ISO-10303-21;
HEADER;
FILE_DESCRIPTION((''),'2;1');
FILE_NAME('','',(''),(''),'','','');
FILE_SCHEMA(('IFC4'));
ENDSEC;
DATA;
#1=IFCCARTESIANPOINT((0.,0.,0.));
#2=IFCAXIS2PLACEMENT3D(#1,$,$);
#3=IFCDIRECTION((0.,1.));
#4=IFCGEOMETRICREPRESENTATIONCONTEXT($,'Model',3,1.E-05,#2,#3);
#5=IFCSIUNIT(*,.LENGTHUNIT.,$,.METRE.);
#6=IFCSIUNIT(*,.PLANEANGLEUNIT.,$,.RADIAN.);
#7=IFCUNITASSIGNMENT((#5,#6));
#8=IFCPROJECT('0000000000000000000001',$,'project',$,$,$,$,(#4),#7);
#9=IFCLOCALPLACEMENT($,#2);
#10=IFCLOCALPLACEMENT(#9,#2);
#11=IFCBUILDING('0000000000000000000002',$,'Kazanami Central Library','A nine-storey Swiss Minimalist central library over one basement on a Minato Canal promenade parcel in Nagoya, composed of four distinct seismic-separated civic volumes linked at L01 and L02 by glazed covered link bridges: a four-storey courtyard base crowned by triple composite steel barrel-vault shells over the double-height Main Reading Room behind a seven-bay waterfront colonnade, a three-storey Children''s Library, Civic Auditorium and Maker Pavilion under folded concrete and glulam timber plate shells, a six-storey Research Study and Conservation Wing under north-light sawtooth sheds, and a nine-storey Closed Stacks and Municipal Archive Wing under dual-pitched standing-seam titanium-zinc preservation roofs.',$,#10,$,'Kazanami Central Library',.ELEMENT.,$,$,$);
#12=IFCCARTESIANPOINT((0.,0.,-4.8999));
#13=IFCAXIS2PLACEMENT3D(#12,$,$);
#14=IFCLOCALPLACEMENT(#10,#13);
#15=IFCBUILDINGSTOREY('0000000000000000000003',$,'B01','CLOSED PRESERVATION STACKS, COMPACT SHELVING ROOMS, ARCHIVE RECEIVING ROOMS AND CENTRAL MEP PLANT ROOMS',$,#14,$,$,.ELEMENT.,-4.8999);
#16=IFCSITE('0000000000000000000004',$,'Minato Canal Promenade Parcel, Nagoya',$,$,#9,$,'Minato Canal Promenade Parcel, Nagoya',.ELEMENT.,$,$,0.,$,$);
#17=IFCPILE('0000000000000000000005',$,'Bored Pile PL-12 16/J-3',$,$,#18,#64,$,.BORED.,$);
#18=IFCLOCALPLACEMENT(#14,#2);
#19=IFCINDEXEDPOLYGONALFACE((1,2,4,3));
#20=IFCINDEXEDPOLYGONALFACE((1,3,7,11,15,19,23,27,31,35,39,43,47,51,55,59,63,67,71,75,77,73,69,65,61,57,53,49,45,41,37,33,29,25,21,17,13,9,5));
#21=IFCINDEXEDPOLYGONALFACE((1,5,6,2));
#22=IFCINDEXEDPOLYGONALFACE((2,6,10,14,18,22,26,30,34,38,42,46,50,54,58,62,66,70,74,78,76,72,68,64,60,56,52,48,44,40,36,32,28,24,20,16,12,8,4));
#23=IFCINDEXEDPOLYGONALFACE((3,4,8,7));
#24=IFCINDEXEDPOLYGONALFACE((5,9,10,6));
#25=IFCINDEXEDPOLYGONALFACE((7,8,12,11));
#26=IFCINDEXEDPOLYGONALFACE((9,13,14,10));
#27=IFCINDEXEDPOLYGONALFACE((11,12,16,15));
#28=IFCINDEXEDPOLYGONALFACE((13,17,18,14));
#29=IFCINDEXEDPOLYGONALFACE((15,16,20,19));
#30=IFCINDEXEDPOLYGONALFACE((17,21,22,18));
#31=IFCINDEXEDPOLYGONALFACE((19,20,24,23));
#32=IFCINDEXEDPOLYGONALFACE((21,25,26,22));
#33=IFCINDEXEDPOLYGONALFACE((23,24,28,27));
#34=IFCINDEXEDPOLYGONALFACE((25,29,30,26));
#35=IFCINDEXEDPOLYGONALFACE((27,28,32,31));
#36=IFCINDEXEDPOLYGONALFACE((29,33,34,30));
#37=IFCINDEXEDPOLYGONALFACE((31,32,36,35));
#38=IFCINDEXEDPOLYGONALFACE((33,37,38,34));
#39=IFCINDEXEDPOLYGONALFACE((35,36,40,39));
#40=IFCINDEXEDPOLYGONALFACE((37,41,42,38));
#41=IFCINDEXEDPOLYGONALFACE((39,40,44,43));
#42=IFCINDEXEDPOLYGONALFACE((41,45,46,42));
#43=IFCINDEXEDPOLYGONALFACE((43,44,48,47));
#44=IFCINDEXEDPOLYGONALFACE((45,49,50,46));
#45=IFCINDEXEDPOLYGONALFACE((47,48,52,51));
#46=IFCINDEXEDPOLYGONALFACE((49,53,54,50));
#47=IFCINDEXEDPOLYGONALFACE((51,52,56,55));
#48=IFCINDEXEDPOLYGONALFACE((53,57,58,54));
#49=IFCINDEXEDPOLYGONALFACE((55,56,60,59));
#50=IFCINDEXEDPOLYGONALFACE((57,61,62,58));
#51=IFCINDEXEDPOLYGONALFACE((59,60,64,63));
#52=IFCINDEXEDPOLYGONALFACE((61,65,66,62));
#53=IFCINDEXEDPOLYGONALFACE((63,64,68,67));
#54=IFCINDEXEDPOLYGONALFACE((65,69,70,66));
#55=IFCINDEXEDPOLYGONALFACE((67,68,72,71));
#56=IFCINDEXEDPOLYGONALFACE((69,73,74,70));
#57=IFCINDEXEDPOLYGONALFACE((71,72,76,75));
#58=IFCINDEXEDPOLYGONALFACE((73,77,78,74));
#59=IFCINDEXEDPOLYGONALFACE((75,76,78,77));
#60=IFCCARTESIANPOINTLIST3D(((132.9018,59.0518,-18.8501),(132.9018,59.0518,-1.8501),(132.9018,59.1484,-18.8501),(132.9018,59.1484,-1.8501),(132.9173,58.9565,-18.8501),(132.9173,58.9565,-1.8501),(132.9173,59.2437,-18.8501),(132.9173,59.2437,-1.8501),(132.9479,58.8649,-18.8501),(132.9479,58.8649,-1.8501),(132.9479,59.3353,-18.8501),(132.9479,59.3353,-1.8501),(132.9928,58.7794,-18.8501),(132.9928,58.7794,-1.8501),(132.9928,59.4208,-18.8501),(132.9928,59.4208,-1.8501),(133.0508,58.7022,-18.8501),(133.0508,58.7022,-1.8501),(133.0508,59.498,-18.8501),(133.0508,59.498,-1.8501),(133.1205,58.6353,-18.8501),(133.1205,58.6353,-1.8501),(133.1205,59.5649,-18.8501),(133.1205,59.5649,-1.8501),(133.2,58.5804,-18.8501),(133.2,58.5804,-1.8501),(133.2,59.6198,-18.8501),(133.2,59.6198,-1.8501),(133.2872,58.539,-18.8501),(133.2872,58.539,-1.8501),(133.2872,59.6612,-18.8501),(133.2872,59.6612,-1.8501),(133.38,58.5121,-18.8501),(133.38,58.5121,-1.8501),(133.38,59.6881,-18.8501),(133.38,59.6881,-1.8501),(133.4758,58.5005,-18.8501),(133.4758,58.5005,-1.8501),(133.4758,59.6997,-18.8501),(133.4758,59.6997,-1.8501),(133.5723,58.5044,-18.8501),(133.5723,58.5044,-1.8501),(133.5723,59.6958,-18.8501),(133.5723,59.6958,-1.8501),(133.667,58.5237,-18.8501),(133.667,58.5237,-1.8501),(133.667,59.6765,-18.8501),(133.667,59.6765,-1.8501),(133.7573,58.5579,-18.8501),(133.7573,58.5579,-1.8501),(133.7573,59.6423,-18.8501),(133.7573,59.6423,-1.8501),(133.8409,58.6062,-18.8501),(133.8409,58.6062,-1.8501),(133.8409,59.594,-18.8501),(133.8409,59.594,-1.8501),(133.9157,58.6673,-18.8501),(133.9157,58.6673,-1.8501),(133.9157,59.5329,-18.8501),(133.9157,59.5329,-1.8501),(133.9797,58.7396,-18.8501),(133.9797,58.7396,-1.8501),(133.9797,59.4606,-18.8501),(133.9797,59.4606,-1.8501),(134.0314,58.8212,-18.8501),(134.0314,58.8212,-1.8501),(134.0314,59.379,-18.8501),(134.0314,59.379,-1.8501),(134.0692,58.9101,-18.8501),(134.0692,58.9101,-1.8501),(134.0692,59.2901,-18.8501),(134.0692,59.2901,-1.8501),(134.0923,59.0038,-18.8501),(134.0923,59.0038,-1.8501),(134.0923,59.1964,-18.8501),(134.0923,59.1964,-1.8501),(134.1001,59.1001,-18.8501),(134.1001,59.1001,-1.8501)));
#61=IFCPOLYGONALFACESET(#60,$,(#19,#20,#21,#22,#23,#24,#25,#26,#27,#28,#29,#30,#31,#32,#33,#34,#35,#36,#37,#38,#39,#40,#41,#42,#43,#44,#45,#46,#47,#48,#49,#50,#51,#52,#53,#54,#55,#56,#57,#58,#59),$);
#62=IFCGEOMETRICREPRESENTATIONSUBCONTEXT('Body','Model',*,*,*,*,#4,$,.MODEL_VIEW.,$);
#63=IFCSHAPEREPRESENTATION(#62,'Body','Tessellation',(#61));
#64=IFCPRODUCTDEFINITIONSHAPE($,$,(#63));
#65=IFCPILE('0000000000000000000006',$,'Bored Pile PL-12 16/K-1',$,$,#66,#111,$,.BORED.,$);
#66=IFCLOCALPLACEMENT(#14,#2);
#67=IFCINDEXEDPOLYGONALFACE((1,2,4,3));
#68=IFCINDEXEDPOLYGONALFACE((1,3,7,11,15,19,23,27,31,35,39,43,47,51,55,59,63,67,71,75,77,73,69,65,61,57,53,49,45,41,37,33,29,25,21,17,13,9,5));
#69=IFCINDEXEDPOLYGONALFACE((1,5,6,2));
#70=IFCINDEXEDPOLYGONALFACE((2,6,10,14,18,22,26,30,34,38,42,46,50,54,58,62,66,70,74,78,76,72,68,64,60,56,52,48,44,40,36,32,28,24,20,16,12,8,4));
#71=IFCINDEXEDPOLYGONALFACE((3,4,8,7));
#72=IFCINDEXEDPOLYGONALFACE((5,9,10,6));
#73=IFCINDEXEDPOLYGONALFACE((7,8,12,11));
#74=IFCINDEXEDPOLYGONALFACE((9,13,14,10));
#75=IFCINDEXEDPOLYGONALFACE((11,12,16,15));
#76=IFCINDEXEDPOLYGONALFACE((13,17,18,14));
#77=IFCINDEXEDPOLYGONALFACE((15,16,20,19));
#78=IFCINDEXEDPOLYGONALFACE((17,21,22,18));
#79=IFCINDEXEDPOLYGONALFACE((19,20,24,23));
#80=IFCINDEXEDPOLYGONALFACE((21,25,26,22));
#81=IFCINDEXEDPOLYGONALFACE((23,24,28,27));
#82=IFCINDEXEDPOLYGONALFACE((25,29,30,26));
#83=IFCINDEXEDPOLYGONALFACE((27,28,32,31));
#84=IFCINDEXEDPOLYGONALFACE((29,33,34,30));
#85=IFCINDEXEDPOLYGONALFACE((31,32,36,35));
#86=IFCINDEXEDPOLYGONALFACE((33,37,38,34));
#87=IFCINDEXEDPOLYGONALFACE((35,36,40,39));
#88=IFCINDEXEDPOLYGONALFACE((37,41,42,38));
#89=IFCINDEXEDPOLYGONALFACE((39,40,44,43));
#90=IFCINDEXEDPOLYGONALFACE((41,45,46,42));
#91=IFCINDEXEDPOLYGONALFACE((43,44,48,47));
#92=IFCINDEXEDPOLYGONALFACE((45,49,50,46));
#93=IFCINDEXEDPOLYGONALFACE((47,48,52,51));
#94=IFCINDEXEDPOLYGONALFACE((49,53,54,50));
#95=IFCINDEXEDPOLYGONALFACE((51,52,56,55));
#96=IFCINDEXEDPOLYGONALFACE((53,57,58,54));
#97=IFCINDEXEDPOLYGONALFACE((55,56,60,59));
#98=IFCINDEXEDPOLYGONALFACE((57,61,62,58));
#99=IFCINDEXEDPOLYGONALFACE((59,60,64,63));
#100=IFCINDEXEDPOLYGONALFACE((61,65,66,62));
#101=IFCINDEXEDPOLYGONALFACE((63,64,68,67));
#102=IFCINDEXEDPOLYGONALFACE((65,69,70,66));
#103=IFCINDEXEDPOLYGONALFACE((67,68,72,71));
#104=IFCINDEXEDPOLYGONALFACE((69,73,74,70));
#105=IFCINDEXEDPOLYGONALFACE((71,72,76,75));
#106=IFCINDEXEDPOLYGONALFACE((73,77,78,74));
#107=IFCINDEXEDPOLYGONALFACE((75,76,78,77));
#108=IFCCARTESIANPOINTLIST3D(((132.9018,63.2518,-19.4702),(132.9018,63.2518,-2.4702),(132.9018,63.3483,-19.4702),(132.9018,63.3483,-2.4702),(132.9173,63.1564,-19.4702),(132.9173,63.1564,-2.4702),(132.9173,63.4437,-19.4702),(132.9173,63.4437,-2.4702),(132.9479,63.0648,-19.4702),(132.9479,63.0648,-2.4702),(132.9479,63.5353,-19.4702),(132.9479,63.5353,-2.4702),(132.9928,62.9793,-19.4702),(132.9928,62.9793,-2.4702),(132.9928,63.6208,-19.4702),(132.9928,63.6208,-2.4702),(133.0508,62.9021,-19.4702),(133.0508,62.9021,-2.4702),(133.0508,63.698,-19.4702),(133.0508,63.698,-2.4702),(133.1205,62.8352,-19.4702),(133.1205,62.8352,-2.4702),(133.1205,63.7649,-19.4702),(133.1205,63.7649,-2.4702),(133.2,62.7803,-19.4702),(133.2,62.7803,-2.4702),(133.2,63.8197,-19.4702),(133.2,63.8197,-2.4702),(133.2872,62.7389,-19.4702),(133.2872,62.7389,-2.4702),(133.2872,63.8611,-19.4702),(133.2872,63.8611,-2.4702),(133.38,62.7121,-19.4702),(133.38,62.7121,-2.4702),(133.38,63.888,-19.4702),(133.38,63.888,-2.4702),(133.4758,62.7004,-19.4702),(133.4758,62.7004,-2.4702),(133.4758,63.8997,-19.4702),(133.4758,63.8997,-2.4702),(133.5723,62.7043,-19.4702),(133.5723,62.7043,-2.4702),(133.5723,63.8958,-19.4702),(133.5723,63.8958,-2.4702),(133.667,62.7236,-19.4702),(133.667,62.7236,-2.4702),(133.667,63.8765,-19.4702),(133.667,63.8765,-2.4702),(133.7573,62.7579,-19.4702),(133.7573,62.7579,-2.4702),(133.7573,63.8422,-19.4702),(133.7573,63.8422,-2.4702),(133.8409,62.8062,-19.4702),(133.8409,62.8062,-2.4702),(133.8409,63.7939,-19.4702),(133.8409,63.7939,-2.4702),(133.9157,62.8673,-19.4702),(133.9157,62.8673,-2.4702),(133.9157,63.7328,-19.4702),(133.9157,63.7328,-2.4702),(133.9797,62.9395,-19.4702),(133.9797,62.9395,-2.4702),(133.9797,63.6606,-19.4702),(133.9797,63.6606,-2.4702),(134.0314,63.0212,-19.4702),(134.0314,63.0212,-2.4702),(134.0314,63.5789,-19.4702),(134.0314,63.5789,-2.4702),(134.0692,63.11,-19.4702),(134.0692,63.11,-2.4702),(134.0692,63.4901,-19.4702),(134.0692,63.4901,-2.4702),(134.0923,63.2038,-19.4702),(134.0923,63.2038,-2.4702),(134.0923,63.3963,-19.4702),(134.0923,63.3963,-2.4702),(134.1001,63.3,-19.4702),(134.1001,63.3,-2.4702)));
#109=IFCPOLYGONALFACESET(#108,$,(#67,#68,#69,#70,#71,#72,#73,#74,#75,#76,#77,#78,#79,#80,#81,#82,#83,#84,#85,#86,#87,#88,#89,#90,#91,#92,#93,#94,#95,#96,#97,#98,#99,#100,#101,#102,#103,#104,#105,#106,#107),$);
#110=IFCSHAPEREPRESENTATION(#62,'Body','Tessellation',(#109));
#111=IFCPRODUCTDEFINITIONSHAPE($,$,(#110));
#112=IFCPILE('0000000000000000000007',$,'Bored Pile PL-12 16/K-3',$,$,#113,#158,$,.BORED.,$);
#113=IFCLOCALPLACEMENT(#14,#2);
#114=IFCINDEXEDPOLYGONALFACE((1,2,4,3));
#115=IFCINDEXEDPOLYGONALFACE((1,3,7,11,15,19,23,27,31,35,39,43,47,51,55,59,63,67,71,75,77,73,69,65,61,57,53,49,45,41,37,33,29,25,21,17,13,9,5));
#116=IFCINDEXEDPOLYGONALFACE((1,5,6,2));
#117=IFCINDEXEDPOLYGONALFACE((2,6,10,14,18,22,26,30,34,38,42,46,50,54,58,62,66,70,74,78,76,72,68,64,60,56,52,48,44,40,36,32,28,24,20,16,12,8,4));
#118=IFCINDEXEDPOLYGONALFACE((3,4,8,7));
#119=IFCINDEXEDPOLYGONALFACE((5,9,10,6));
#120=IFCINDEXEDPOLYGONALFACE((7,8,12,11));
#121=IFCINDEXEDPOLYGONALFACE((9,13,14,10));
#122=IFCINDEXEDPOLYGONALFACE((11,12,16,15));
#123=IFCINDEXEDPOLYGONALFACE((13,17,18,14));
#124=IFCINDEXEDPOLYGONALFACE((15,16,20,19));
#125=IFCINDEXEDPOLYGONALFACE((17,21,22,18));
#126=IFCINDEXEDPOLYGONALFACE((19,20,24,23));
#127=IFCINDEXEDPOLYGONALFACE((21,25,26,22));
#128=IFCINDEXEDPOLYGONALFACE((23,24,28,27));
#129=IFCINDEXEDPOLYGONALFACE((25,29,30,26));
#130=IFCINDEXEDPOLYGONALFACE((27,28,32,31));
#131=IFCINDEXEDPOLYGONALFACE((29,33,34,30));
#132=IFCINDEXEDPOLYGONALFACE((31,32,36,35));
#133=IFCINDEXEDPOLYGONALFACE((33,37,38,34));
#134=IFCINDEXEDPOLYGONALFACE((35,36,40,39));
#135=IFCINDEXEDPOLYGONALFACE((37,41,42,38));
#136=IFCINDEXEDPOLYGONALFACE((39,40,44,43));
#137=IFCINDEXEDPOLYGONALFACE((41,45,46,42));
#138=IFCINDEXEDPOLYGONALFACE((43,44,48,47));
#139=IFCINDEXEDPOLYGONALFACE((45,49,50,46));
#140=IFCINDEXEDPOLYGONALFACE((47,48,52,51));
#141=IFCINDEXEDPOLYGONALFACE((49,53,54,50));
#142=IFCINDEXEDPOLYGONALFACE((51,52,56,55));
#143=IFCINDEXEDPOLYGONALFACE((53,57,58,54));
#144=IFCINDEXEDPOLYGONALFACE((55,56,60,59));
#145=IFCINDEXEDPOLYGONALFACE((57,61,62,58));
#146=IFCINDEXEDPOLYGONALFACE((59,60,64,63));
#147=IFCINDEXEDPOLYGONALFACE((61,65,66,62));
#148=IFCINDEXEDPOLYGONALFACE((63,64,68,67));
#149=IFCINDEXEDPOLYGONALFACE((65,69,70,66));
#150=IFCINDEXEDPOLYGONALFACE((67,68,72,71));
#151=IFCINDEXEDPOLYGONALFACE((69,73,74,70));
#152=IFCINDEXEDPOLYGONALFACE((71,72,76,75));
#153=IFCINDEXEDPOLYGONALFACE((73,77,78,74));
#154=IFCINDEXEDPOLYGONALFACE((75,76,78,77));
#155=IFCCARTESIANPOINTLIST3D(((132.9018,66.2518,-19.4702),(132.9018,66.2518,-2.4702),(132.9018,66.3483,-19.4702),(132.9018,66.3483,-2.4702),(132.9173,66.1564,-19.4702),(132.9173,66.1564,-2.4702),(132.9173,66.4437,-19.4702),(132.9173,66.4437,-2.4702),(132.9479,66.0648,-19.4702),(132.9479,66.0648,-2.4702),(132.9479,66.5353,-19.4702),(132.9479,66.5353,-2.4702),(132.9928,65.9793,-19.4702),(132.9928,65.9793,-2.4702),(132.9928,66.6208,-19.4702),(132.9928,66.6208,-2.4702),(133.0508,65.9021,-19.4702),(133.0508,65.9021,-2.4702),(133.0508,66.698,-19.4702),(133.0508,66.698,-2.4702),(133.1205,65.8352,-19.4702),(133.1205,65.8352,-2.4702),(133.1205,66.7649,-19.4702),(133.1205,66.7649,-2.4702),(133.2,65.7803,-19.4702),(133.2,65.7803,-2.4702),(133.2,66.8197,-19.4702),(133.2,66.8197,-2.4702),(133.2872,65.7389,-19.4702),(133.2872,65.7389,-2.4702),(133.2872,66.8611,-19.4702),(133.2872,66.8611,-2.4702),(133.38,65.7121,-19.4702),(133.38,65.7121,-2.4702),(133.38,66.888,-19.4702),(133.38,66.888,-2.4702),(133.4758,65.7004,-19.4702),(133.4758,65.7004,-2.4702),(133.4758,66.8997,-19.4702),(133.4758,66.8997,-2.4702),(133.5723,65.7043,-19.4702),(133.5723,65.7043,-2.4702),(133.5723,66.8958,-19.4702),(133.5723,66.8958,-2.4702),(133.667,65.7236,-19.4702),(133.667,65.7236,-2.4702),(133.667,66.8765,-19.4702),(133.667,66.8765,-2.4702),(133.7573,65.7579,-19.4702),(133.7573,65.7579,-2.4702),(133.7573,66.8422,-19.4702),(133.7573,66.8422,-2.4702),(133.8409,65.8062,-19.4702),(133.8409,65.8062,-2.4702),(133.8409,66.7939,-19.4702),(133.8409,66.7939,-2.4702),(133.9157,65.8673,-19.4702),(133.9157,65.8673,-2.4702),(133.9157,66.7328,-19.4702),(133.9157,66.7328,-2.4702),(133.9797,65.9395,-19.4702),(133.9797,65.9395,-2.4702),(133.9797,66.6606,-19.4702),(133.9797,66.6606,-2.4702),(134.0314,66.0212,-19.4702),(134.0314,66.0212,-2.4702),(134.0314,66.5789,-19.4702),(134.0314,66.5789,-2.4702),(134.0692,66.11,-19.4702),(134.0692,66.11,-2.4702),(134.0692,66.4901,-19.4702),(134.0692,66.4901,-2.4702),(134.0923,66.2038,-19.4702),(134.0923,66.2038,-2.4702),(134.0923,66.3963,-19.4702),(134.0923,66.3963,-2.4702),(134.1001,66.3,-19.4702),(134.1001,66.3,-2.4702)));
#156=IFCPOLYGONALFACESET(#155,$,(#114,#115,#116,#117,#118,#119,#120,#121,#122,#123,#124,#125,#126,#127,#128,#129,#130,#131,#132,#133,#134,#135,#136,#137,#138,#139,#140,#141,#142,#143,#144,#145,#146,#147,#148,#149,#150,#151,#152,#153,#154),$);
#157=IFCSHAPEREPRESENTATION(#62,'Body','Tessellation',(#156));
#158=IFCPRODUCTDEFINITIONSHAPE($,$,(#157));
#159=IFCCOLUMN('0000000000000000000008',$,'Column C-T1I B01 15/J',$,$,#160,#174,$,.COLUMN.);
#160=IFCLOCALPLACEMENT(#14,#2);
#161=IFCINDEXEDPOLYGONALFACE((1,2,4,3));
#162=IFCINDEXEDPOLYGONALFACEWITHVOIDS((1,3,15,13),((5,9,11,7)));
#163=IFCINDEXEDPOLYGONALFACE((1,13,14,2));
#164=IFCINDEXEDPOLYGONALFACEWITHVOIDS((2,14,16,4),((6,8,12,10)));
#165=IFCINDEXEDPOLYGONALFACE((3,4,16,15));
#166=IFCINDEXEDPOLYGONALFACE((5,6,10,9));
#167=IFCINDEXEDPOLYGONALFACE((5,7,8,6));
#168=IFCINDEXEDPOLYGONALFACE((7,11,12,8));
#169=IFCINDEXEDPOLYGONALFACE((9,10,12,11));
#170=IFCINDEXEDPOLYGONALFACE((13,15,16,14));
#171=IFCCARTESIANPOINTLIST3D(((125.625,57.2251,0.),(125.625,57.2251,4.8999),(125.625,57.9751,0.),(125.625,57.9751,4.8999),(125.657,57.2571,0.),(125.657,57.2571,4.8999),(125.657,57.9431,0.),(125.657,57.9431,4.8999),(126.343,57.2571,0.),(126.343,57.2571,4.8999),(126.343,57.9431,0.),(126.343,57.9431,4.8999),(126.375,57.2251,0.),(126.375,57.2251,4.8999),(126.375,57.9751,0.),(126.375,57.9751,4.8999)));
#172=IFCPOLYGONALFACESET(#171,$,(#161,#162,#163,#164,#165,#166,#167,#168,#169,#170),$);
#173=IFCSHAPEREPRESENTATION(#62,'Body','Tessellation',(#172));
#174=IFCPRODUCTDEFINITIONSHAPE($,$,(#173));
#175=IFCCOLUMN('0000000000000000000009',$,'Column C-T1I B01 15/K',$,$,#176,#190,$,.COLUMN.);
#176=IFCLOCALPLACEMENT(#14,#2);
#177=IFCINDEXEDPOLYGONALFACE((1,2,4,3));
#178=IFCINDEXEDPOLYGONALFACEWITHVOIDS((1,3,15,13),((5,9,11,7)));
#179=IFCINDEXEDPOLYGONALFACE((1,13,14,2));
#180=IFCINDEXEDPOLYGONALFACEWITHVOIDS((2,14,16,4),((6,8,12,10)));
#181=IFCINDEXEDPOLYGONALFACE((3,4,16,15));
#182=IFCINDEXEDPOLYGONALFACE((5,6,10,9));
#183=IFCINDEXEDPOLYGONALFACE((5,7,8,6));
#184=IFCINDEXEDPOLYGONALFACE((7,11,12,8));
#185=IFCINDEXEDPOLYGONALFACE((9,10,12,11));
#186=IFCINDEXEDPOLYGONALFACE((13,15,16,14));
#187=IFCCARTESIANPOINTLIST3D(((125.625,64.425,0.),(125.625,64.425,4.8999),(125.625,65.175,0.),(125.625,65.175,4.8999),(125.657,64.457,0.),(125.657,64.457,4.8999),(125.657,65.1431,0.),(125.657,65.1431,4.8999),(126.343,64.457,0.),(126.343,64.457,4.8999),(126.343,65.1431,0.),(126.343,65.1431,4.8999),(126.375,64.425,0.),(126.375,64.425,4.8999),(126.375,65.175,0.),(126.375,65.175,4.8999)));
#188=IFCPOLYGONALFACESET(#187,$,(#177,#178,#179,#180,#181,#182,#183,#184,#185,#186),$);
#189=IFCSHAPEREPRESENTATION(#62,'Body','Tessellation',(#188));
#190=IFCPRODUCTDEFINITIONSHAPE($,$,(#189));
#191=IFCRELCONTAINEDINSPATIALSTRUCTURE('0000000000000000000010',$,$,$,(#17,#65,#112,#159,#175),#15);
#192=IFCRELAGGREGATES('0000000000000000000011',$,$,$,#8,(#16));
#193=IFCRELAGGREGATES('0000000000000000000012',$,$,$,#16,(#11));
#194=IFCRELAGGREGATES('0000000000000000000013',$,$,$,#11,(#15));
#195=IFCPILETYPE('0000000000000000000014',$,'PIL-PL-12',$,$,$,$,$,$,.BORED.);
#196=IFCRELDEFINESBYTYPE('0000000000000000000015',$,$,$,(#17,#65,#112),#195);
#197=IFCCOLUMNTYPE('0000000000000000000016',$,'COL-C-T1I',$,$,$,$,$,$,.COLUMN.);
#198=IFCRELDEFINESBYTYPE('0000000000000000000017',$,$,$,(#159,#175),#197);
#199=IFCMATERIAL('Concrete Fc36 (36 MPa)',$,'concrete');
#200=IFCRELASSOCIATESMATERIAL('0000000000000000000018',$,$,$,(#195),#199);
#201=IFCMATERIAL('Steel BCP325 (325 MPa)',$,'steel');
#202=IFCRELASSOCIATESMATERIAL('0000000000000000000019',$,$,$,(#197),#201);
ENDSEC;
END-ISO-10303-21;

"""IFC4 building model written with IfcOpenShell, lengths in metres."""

from ifc_helpers import new_model, si_unit, direction, frame, origin, origin_2d, place, context, subcontext, project, spatial, hollow_rectangle, circle, extrude, material, material_profile, profile_set, type_object, element, save


model = new_model("IFC4")

# Units and contexts
model_context = context("Model", 3, precision=1e-05, world=origin(), true_north=direction((0.0, 1.0)))
body_context = subcontext(model_context, "Body", "Model", "MODEL_VIEW")
ifc_project = project(units=[si_unit("LENGTHUNIT", "METRE"), si_unit("PLANEANGLEUNIT", "RADIAN")], contexts=[model_context])

# Site, building, storey
site_placement = place(None, origin())
site = spatial("IfcSite", under=ifc_project, at=site_placement, Name="Minato Canal Promenade Parcel, Nagoya", LongName="Minato Canal Promenade Parcel, Nagoya", CompositionType="ELEMENT", RefElevation=0.0)
building_placement = place(site_placement, origin())
building = spatial("IfcBuilding", under=site, at=building_placement, Name="Kazanami Central Library", Description="A nine-storey Swiss Minimalist central library over one basement on a Minato Canal promenade parcel in Nagoya, composed of four distinct seismic-separated civic volumes linked at L01 and L02 by glazed covered link bridges: a four-storey courtyard base crowned by triple composite steel barrel-vault shells over the double-height Main Reading Room behind a seven-bay waterfront colonnade, a three-storey Children's Library, Civic Auditorium and Maker Pavilion under folded concrete and glulam timber plate shells, a six-storey Research Study and Conservation Wing under north-light sawtooth sheds, and a nine-storey Closed Stacks and Municipal Archive Wing under dual-pitched standing-seam titanium-zinc preservation roofs.", LongName="Kazanami Central Library", CompositionType="ELEMENT")
storey_placement = place(building_placement, frame((0.0, 0.0, -4.8999)))
storey = spatial("IfcBuildingStorey", under=building, at=storey_placement, Name="B01", Description="CLOSED PRESERVATION STACKS, COMPACT SHELVING ROOMS, ARCHIVE RECEIVING ROOMS AND CENTRAL MEP PLANT ROOMS", CompositionType="ELEMENT", Elevation=-4.8999)

# Shared definitions
ifc_material_1 = material(Name="Concrete Fc36 (36 MPa)", Category="concrete")

# Piles
ifc_material_profile_1 = material_profile(ifc_material_1, circle(Radius=0.6001, at=origin_2d()), Name="BORED-D1200")
ifc_profile_set_1 = profile_set([ifc_material_profile_1], Name="Concrete Fc36 (36 MPa)")
pile_type = type_object("IfcPileType", Name="PIL-PL-12", PredefinedType="BORED", material=ifc_profile_set_1)
for number, where, z_axis, x_axis, name in (
    (1, (133.5, 59.1001, -1.8501), (0.0, 0.0, -1.0), (1.0, 0.0, 0.0), "Bored Pile PL-12 16/J-3"),
    (2, (133.5, 63.3, -2.4702), (0.0, 0.0, -1.0), (1.0, 0.0, 0.0), "Bored Pile PL-12 16/K-1"),
    (3, (133.5, 66.3, -2.4702), (0.0, 0.0, -1.0), (1.0, 0.0, 0.0), "Bored Pile PL-12 16/K-3"),
):
    element("IfcPile", number, at=place(storey_placement, frame(where, z_axis=z_axis, x_axis=x_axis)), inside=storey, type_object=pile_type, Name=name, PredefinedType="BORED", context=body_context, shape_type="SweptSolid", body=[
        extrude(circle(Radius=0.6001, at=origin_2d()), origin(), (0.0, 0.0, 1.0), 17.0),
    ])

# Columns
ifc_material_2 = material(Name="Steel BCP325 (325 MPa)", Category="steel")
ifc_material_profile_2 = material_profile(ifc_material_2, hollow_rectangle(XDim=0.75, YDim=0.75, WallThickness=0.032, at=origin_2d()), Name="BCP-750x750x32")
ifc_profile_set_2 = profile_set([ifc_material_profile_2], Name="Steel BCP325 (325 MPa)")
column_type = type_object("IfcColumnType", Name="COL-C-T1I", PredefinedType="COLUMN", material=ifc_profile_set_2)
for number, where, z_axis, x_axis, name in (
    (4, (126.0, 57.6001, 0.0), (0.0, 0.0, 1.0), (1.0, 0.0, 0.0), "Column C-T1I B01 15/J"),
    (5, (126.0, 64.8, 0.0), (0.0, 0.0, 1.0), (1.0, 0.0, 0.0), "Column C-T1I B01 15/K"),
):
    element("IfcColumn", number, at=place(storey_placement, frame(where, z_axis=z_axis, x_axis=x_axis)), inside=storey, type_object=column_type, Name=name, PredefinedType="COLUMN", context=body_context, shape_type="SweptSolid", body=[
        extrude(hollow_rectangle(XDim=0.75, YDim=0.75, WallThickness=0.032, at=origin_2d()), origin(), (0.0, 0.0, 1.0), 4.8999),
    ])

save(model, "model.ifc")
